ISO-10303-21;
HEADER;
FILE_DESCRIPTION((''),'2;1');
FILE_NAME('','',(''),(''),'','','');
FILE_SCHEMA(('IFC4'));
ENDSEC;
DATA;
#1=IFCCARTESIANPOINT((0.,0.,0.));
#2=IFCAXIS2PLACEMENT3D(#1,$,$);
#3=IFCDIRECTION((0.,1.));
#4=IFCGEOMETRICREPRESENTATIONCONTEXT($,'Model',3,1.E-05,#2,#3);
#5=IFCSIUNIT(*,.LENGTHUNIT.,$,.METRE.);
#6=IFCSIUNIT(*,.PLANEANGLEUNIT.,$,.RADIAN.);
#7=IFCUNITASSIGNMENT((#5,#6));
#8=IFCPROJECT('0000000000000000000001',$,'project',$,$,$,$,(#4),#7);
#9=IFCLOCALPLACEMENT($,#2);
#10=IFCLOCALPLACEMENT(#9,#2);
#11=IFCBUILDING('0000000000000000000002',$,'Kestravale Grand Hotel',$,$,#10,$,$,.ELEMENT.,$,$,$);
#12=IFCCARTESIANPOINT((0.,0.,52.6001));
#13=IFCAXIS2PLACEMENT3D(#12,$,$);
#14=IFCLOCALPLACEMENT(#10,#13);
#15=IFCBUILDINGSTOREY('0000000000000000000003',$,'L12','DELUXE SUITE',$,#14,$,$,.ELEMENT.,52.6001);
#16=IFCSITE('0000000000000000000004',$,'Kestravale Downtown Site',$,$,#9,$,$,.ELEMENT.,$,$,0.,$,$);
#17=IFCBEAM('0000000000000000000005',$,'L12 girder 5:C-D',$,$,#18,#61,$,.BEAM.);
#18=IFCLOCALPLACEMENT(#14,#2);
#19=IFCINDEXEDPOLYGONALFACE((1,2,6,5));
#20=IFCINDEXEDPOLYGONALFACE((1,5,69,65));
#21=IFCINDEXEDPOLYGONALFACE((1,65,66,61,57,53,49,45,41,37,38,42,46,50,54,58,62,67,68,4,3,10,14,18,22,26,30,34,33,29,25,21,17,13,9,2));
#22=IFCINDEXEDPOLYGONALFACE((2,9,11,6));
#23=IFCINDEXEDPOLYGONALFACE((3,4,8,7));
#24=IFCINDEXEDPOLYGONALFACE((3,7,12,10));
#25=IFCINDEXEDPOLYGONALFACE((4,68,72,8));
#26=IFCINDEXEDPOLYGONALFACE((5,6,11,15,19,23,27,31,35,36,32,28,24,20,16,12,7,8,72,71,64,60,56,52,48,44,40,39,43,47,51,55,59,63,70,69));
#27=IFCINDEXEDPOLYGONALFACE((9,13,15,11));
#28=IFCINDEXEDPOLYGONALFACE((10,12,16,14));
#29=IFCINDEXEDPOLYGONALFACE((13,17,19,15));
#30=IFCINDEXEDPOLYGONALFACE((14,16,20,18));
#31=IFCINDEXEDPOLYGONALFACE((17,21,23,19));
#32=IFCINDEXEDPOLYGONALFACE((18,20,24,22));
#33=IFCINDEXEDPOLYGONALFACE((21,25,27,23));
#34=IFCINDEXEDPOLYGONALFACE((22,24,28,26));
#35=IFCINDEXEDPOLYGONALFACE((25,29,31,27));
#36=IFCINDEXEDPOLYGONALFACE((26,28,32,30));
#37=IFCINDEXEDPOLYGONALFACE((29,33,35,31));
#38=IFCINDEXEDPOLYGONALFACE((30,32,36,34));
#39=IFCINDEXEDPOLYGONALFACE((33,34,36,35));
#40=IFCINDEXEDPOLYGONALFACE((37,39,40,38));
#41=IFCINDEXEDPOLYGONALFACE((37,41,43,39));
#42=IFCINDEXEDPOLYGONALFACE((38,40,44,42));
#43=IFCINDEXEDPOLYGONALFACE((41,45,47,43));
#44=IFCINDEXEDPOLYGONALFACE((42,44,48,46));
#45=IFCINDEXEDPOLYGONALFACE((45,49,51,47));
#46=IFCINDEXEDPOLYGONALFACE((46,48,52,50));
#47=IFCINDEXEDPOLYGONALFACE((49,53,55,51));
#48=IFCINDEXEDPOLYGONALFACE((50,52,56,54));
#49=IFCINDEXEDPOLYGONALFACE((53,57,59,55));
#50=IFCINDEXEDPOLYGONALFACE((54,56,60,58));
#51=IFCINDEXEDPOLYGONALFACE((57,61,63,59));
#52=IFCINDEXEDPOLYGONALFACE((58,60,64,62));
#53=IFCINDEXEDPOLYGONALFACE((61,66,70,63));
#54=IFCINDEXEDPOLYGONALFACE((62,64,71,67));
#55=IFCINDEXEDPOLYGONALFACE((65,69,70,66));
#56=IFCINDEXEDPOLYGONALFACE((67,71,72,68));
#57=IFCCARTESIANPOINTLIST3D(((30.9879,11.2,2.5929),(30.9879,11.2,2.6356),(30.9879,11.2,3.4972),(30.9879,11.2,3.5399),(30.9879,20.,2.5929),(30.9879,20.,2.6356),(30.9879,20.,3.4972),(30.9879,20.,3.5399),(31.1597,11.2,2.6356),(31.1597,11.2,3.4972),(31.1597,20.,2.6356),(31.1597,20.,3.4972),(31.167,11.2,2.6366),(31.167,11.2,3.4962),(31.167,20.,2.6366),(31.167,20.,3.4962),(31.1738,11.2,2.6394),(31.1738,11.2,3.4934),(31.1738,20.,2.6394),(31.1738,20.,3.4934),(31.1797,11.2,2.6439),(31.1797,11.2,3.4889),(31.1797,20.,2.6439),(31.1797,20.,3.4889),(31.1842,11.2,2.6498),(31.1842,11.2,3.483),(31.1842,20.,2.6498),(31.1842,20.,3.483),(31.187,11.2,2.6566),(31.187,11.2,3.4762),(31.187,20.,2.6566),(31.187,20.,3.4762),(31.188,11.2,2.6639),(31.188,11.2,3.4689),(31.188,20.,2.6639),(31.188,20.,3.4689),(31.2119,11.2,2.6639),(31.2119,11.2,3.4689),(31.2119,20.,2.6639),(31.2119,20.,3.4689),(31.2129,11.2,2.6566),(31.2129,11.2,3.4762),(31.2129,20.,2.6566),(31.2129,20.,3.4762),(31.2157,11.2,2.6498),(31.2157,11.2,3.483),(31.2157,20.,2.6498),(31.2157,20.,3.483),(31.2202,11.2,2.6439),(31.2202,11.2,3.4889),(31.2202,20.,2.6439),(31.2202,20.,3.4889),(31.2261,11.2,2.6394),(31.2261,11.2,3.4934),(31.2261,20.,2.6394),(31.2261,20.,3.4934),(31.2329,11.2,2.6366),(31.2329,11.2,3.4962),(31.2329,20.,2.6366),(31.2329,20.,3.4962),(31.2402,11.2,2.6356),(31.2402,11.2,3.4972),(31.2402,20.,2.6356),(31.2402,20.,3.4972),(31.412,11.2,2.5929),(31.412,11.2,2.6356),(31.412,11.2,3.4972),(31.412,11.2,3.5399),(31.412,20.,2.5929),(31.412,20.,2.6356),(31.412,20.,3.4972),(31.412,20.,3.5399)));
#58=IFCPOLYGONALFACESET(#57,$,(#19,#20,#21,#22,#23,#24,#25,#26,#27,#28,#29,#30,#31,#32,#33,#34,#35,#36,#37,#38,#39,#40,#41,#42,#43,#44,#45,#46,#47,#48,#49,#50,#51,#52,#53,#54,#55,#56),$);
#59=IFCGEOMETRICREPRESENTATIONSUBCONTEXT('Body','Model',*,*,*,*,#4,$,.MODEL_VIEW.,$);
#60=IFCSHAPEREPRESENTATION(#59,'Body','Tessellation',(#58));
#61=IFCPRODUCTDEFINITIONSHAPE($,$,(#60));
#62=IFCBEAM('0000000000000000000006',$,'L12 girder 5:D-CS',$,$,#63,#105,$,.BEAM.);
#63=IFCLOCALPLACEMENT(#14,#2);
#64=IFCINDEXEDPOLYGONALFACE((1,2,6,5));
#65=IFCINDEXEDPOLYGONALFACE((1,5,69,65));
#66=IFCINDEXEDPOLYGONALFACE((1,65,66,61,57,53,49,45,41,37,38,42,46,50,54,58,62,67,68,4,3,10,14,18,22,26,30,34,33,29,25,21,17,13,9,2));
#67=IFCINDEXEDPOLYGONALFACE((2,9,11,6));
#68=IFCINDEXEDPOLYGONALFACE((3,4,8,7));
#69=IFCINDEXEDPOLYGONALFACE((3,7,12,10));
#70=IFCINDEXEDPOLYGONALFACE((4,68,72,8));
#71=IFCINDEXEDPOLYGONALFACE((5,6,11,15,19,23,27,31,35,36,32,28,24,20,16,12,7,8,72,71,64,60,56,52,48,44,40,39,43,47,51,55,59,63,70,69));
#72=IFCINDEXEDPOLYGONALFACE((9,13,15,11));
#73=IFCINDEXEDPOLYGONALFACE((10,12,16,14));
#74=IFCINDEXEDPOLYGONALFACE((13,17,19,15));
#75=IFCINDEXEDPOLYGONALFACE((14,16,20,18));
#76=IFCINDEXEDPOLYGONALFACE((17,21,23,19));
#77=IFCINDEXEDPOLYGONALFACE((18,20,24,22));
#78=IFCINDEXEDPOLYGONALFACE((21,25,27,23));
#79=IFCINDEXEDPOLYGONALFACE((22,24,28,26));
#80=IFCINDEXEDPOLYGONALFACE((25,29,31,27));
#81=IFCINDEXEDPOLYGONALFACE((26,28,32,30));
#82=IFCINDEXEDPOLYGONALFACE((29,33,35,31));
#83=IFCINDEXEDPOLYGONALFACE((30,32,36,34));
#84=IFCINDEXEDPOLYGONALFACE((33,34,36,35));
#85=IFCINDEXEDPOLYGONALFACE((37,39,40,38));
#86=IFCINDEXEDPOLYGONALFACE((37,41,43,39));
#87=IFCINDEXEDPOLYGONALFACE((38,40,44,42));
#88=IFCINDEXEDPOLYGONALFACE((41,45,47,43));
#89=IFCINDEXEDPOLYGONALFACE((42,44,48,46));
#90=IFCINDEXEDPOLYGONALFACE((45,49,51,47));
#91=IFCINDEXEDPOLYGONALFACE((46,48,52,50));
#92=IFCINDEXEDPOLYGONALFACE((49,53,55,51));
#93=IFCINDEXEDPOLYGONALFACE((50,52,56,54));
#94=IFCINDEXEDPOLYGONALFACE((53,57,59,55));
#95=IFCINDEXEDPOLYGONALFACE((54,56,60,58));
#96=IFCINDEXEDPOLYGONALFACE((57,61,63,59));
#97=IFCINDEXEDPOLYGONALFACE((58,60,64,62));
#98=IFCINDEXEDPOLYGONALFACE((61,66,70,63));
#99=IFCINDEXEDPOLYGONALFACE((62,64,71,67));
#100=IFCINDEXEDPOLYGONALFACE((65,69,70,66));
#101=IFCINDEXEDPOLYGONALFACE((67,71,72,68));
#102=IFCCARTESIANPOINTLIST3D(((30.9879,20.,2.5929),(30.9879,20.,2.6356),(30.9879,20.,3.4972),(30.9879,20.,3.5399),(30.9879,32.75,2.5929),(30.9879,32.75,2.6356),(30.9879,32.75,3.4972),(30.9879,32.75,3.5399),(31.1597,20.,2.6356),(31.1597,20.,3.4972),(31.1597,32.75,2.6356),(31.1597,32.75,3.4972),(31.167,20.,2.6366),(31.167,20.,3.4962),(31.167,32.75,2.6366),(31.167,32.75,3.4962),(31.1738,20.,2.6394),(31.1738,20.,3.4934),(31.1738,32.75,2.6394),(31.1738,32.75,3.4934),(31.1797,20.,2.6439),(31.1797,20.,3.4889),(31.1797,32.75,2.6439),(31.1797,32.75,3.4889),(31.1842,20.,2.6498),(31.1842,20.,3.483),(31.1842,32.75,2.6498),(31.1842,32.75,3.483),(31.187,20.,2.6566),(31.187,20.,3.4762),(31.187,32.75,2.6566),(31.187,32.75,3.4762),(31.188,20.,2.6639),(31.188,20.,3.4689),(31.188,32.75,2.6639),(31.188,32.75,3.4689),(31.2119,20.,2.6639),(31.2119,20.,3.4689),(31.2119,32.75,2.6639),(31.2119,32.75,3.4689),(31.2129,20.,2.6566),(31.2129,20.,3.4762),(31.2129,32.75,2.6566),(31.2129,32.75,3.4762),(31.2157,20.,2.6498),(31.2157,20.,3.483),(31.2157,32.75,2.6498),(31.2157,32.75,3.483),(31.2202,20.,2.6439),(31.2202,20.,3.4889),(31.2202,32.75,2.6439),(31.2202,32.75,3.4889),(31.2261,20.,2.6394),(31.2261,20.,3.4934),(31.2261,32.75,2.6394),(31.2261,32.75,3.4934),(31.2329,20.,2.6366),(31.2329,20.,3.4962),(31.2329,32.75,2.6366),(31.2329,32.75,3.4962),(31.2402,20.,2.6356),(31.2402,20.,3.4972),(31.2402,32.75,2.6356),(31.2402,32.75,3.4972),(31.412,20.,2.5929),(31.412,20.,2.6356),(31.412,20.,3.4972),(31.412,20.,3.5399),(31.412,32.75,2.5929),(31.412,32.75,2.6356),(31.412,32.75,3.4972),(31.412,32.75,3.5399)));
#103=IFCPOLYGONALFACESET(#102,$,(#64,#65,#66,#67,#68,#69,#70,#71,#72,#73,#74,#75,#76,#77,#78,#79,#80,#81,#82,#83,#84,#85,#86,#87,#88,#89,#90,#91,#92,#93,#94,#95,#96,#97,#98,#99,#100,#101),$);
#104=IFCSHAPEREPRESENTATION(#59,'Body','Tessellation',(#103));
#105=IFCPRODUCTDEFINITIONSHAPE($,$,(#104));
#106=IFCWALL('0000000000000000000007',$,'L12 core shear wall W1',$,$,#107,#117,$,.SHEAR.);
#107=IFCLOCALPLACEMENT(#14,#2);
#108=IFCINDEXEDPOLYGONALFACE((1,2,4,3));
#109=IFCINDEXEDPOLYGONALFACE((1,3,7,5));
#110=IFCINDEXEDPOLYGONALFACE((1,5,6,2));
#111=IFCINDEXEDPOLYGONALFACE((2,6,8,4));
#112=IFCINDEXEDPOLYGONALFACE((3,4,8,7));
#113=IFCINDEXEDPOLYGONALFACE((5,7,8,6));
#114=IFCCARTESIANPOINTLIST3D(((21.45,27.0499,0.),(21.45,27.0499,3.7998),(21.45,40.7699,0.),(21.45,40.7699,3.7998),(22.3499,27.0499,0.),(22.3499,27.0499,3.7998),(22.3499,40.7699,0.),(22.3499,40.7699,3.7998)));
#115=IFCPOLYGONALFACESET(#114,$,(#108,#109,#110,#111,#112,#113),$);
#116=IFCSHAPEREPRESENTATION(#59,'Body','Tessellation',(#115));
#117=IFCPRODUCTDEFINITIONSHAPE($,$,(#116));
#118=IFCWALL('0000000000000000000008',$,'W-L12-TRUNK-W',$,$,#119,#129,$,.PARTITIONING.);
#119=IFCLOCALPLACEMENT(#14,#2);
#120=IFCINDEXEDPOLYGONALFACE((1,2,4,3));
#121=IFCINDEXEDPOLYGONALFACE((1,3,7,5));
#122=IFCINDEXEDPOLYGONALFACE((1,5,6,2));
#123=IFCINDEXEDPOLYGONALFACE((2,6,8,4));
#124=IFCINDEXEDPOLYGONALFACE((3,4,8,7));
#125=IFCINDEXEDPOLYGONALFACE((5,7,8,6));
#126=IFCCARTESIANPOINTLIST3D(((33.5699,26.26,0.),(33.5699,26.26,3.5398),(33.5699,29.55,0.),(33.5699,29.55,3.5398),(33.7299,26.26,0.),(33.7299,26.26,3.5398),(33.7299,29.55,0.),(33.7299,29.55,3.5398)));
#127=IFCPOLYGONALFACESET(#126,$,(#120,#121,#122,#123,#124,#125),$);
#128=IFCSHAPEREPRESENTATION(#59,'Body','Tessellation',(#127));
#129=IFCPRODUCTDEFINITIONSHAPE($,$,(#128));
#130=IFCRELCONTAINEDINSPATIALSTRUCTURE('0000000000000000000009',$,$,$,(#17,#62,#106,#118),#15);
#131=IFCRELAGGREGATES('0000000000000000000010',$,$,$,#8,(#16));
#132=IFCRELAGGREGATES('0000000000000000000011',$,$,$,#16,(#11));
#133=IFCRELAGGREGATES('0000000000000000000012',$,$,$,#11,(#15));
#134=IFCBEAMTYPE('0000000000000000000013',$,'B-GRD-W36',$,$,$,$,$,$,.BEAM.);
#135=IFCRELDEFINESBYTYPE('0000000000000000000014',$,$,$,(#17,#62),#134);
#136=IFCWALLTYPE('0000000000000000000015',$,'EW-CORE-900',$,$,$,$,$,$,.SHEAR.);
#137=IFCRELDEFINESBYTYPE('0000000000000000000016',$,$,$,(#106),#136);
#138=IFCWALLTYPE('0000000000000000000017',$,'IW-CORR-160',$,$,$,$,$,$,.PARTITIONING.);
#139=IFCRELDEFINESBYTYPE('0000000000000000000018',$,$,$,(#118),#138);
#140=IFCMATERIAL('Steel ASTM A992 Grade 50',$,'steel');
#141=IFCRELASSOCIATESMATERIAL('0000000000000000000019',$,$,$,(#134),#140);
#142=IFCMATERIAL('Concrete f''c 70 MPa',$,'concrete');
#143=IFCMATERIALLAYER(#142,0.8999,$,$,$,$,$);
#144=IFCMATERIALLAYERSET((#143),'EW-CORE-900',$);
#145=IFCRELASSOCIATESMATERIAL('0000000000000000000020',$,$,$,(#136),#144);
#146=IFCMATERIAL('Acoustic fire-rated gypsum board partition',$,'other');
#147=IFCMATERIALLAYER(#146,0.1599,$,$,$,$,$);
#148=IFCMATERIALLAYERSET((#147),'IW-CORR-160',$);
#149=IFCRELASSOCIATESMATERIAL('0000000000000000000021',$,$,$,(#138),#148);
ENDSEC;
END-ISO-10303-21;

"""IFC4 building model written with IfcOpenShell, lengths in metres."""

from ifc_helpers import new_model, si_unit, direction, frame, frame_2d, origin, origin_2d, place, context, subcontext, project, spatial, rectangle, i_section, extrude, material, layer, layer_set, material_profile, profile_set, type_object, element, save


model = new_model("IFC4")

# Units and contexts
model_context = context("Model", 3, precision=1e-05, world=origin(), true_north=direction((0.0, 1.0)))
body_context = subcontext(model_context, "Body", "Model", "MODEL_VIEW")
ifc_project = project(units=[si_unit("LENGTHUNIT", "METRE"), si_unit("PLANEANGLEUNIT", "RADIAN")], contexts=[model_context])

# Site, building, storey
site_placement = place(None, origin())
site = spatial("IfcSite", under=ifc_project, at=site_placement, Name="Kestravale Downtown Site", CompositionType="ELEMENT", RefElevation=0.0)
building_placement = place(site_placement, origin())
building = spatial("IfcBuilding", under=site, at=building_placement, Name="Kestravale Grand Hotel", CompositionType="ELEMENT")
storey_placement = place(building_placement, frame((0.0, 0.0, 52.6001)))
storey = spatial("IfcBuildingStorey", under=building, at=storey_placement, Name="L12", Description="DELUXE SUITE", CompositionType="ELEMENT", Elevation=52.6001)

# Beams
ifc_material_1 = material(Name="Steel ASTM A992 Grade 50", Category="steel")
ifc_material_profile_1 = material_profile(ifc_material_1, i_section(OverallWidth=0.4241, OverallDepth=0.947, WebThickness=0.0239, FlangeThickness=0.0427, FilletRadius=0.0283, at=origin_2d()))
ifc_profile_set_1 = profile_set([ifc_material_profile_1], Name="Steel ASTM A992 Grade 50")
beam_type_1 = type_object("IfcBeamType", Name="B-GRD-W36", PredefinedType="BEAM", material=ifc_profile_set_1)
beam_1_placement = place(storey_placement, frame((31.2, 11.2, 3.0664), z_axis=(0.0, 1.0, 0.0), x_axis=(-1.0, 0.0, 0.0)))
element("IfcBeam", 1, at=beam_1_placement, inside=storey, type_object=beam_type_1, Name="L12 girder 5:C-D", PredefinedType="BEAM", context=body_context, shape_type="SweptSolid", body=[
    extrude(i_section(OverallWidth=0.4241, OverallDepth=0.947, WebThickness=0.0239, FlangeThickness=0.0427, FilletRadius=0.0283, at=origin_2d()), origin(), (0.0, 0.0, 1.0), 8.8),
])
beam_2_placement = place(storey_placement, frame((31.2, 20.0, 3.0664), z_axis=(0.0, 1.0, 0.0), x_axis=(-1.0, 0.0, 0.0)))
element("IfcBeam", 2, at=beam_2_placement, inside=storey, type_object=beam_type_1, Name="L12 girder 5:D-CS", PredefinedType="BEAM", context=body_context, shape_type="SweptSolid", body=[
    extrude(i_section(OverallWidth=0.4241, OverallDepth=0.947, WebThickness=0.0239, FlangeThickness=0.0427, FilletRadius=0.0283, at=origin_2d()), origin(), (0.0, 0.0, 1.0), 12.75),
])

# Walls
ifc_material_2 = material(Name="Concrete f'c 70 MPa", Category="concrete")
ifc_layer_1 = layer(ifc_material_2, 0.8999)
ifc_layer_set_1 = layer_set([ifc_layer_1], Name="EW-CORE-900")
wall_type_1 = type_object("IfcWallType", Name="EW-CORE-900", PredefinedType="SHEAR", material=ifc_layer_set_1)
wall_1_placement = place(storey_placement, frame((21.8999, 27.05, 0.0), z_axis=(0.0, 0.0, 1.0), x_axis=(0.0, 1.0, 0.0)))
element("IfcWall", 3, at=wall_1_placement, inside=storey, type_object=wall_type_1, Name="L12 core shear wall W1", PredefinedType="SHEAR", context=body_context, shape_type="SweptSolid", body=[
    extrude(rectangle(XDim=13.72, YDim=0.8999, at=frame_2d((6.8599, 0.0))), origin(), (0.0, 0.0, 1.0), 3.7998),
])
ifc_material_3 = material(Name="Acoustic fire-rated gypsum board partition", Category="other")
ifc_layer_2 = layer(ifc_material_3, 0.1599)
ifc_layer_set_2 = layer_set([ifc_layer_2], Name="IW-CORR-160")
wall_type_2 = type_object("IfcWallType", Name="IW-CORR-160", PredefinedType="PARTITIONING", material=ifc_layer_set_2)
wall_2_placement = place(storey_placement, frame((33.6499, 26.26, 0.0), z_axis=(0.0, 0.0, 1.0), x_axis=(0.0, 1.0, 0.0)))
element("IfcWall", 4, at=wall_2_placement, inside=storey, type_object=wall_type_2, Name="W-L12-TRUNK-W", PredefinedType="PARTITIONING", context=body_context, shape_type="SweptSolid", body=[
    extrude(rectangle(XDim=3.29, YDim=0.1599, at=frame_2d((1.645, 0.0))), origin(), (0.0, 0.0, 1.0), 3.5398),
])

save(model, "model.ifc")
